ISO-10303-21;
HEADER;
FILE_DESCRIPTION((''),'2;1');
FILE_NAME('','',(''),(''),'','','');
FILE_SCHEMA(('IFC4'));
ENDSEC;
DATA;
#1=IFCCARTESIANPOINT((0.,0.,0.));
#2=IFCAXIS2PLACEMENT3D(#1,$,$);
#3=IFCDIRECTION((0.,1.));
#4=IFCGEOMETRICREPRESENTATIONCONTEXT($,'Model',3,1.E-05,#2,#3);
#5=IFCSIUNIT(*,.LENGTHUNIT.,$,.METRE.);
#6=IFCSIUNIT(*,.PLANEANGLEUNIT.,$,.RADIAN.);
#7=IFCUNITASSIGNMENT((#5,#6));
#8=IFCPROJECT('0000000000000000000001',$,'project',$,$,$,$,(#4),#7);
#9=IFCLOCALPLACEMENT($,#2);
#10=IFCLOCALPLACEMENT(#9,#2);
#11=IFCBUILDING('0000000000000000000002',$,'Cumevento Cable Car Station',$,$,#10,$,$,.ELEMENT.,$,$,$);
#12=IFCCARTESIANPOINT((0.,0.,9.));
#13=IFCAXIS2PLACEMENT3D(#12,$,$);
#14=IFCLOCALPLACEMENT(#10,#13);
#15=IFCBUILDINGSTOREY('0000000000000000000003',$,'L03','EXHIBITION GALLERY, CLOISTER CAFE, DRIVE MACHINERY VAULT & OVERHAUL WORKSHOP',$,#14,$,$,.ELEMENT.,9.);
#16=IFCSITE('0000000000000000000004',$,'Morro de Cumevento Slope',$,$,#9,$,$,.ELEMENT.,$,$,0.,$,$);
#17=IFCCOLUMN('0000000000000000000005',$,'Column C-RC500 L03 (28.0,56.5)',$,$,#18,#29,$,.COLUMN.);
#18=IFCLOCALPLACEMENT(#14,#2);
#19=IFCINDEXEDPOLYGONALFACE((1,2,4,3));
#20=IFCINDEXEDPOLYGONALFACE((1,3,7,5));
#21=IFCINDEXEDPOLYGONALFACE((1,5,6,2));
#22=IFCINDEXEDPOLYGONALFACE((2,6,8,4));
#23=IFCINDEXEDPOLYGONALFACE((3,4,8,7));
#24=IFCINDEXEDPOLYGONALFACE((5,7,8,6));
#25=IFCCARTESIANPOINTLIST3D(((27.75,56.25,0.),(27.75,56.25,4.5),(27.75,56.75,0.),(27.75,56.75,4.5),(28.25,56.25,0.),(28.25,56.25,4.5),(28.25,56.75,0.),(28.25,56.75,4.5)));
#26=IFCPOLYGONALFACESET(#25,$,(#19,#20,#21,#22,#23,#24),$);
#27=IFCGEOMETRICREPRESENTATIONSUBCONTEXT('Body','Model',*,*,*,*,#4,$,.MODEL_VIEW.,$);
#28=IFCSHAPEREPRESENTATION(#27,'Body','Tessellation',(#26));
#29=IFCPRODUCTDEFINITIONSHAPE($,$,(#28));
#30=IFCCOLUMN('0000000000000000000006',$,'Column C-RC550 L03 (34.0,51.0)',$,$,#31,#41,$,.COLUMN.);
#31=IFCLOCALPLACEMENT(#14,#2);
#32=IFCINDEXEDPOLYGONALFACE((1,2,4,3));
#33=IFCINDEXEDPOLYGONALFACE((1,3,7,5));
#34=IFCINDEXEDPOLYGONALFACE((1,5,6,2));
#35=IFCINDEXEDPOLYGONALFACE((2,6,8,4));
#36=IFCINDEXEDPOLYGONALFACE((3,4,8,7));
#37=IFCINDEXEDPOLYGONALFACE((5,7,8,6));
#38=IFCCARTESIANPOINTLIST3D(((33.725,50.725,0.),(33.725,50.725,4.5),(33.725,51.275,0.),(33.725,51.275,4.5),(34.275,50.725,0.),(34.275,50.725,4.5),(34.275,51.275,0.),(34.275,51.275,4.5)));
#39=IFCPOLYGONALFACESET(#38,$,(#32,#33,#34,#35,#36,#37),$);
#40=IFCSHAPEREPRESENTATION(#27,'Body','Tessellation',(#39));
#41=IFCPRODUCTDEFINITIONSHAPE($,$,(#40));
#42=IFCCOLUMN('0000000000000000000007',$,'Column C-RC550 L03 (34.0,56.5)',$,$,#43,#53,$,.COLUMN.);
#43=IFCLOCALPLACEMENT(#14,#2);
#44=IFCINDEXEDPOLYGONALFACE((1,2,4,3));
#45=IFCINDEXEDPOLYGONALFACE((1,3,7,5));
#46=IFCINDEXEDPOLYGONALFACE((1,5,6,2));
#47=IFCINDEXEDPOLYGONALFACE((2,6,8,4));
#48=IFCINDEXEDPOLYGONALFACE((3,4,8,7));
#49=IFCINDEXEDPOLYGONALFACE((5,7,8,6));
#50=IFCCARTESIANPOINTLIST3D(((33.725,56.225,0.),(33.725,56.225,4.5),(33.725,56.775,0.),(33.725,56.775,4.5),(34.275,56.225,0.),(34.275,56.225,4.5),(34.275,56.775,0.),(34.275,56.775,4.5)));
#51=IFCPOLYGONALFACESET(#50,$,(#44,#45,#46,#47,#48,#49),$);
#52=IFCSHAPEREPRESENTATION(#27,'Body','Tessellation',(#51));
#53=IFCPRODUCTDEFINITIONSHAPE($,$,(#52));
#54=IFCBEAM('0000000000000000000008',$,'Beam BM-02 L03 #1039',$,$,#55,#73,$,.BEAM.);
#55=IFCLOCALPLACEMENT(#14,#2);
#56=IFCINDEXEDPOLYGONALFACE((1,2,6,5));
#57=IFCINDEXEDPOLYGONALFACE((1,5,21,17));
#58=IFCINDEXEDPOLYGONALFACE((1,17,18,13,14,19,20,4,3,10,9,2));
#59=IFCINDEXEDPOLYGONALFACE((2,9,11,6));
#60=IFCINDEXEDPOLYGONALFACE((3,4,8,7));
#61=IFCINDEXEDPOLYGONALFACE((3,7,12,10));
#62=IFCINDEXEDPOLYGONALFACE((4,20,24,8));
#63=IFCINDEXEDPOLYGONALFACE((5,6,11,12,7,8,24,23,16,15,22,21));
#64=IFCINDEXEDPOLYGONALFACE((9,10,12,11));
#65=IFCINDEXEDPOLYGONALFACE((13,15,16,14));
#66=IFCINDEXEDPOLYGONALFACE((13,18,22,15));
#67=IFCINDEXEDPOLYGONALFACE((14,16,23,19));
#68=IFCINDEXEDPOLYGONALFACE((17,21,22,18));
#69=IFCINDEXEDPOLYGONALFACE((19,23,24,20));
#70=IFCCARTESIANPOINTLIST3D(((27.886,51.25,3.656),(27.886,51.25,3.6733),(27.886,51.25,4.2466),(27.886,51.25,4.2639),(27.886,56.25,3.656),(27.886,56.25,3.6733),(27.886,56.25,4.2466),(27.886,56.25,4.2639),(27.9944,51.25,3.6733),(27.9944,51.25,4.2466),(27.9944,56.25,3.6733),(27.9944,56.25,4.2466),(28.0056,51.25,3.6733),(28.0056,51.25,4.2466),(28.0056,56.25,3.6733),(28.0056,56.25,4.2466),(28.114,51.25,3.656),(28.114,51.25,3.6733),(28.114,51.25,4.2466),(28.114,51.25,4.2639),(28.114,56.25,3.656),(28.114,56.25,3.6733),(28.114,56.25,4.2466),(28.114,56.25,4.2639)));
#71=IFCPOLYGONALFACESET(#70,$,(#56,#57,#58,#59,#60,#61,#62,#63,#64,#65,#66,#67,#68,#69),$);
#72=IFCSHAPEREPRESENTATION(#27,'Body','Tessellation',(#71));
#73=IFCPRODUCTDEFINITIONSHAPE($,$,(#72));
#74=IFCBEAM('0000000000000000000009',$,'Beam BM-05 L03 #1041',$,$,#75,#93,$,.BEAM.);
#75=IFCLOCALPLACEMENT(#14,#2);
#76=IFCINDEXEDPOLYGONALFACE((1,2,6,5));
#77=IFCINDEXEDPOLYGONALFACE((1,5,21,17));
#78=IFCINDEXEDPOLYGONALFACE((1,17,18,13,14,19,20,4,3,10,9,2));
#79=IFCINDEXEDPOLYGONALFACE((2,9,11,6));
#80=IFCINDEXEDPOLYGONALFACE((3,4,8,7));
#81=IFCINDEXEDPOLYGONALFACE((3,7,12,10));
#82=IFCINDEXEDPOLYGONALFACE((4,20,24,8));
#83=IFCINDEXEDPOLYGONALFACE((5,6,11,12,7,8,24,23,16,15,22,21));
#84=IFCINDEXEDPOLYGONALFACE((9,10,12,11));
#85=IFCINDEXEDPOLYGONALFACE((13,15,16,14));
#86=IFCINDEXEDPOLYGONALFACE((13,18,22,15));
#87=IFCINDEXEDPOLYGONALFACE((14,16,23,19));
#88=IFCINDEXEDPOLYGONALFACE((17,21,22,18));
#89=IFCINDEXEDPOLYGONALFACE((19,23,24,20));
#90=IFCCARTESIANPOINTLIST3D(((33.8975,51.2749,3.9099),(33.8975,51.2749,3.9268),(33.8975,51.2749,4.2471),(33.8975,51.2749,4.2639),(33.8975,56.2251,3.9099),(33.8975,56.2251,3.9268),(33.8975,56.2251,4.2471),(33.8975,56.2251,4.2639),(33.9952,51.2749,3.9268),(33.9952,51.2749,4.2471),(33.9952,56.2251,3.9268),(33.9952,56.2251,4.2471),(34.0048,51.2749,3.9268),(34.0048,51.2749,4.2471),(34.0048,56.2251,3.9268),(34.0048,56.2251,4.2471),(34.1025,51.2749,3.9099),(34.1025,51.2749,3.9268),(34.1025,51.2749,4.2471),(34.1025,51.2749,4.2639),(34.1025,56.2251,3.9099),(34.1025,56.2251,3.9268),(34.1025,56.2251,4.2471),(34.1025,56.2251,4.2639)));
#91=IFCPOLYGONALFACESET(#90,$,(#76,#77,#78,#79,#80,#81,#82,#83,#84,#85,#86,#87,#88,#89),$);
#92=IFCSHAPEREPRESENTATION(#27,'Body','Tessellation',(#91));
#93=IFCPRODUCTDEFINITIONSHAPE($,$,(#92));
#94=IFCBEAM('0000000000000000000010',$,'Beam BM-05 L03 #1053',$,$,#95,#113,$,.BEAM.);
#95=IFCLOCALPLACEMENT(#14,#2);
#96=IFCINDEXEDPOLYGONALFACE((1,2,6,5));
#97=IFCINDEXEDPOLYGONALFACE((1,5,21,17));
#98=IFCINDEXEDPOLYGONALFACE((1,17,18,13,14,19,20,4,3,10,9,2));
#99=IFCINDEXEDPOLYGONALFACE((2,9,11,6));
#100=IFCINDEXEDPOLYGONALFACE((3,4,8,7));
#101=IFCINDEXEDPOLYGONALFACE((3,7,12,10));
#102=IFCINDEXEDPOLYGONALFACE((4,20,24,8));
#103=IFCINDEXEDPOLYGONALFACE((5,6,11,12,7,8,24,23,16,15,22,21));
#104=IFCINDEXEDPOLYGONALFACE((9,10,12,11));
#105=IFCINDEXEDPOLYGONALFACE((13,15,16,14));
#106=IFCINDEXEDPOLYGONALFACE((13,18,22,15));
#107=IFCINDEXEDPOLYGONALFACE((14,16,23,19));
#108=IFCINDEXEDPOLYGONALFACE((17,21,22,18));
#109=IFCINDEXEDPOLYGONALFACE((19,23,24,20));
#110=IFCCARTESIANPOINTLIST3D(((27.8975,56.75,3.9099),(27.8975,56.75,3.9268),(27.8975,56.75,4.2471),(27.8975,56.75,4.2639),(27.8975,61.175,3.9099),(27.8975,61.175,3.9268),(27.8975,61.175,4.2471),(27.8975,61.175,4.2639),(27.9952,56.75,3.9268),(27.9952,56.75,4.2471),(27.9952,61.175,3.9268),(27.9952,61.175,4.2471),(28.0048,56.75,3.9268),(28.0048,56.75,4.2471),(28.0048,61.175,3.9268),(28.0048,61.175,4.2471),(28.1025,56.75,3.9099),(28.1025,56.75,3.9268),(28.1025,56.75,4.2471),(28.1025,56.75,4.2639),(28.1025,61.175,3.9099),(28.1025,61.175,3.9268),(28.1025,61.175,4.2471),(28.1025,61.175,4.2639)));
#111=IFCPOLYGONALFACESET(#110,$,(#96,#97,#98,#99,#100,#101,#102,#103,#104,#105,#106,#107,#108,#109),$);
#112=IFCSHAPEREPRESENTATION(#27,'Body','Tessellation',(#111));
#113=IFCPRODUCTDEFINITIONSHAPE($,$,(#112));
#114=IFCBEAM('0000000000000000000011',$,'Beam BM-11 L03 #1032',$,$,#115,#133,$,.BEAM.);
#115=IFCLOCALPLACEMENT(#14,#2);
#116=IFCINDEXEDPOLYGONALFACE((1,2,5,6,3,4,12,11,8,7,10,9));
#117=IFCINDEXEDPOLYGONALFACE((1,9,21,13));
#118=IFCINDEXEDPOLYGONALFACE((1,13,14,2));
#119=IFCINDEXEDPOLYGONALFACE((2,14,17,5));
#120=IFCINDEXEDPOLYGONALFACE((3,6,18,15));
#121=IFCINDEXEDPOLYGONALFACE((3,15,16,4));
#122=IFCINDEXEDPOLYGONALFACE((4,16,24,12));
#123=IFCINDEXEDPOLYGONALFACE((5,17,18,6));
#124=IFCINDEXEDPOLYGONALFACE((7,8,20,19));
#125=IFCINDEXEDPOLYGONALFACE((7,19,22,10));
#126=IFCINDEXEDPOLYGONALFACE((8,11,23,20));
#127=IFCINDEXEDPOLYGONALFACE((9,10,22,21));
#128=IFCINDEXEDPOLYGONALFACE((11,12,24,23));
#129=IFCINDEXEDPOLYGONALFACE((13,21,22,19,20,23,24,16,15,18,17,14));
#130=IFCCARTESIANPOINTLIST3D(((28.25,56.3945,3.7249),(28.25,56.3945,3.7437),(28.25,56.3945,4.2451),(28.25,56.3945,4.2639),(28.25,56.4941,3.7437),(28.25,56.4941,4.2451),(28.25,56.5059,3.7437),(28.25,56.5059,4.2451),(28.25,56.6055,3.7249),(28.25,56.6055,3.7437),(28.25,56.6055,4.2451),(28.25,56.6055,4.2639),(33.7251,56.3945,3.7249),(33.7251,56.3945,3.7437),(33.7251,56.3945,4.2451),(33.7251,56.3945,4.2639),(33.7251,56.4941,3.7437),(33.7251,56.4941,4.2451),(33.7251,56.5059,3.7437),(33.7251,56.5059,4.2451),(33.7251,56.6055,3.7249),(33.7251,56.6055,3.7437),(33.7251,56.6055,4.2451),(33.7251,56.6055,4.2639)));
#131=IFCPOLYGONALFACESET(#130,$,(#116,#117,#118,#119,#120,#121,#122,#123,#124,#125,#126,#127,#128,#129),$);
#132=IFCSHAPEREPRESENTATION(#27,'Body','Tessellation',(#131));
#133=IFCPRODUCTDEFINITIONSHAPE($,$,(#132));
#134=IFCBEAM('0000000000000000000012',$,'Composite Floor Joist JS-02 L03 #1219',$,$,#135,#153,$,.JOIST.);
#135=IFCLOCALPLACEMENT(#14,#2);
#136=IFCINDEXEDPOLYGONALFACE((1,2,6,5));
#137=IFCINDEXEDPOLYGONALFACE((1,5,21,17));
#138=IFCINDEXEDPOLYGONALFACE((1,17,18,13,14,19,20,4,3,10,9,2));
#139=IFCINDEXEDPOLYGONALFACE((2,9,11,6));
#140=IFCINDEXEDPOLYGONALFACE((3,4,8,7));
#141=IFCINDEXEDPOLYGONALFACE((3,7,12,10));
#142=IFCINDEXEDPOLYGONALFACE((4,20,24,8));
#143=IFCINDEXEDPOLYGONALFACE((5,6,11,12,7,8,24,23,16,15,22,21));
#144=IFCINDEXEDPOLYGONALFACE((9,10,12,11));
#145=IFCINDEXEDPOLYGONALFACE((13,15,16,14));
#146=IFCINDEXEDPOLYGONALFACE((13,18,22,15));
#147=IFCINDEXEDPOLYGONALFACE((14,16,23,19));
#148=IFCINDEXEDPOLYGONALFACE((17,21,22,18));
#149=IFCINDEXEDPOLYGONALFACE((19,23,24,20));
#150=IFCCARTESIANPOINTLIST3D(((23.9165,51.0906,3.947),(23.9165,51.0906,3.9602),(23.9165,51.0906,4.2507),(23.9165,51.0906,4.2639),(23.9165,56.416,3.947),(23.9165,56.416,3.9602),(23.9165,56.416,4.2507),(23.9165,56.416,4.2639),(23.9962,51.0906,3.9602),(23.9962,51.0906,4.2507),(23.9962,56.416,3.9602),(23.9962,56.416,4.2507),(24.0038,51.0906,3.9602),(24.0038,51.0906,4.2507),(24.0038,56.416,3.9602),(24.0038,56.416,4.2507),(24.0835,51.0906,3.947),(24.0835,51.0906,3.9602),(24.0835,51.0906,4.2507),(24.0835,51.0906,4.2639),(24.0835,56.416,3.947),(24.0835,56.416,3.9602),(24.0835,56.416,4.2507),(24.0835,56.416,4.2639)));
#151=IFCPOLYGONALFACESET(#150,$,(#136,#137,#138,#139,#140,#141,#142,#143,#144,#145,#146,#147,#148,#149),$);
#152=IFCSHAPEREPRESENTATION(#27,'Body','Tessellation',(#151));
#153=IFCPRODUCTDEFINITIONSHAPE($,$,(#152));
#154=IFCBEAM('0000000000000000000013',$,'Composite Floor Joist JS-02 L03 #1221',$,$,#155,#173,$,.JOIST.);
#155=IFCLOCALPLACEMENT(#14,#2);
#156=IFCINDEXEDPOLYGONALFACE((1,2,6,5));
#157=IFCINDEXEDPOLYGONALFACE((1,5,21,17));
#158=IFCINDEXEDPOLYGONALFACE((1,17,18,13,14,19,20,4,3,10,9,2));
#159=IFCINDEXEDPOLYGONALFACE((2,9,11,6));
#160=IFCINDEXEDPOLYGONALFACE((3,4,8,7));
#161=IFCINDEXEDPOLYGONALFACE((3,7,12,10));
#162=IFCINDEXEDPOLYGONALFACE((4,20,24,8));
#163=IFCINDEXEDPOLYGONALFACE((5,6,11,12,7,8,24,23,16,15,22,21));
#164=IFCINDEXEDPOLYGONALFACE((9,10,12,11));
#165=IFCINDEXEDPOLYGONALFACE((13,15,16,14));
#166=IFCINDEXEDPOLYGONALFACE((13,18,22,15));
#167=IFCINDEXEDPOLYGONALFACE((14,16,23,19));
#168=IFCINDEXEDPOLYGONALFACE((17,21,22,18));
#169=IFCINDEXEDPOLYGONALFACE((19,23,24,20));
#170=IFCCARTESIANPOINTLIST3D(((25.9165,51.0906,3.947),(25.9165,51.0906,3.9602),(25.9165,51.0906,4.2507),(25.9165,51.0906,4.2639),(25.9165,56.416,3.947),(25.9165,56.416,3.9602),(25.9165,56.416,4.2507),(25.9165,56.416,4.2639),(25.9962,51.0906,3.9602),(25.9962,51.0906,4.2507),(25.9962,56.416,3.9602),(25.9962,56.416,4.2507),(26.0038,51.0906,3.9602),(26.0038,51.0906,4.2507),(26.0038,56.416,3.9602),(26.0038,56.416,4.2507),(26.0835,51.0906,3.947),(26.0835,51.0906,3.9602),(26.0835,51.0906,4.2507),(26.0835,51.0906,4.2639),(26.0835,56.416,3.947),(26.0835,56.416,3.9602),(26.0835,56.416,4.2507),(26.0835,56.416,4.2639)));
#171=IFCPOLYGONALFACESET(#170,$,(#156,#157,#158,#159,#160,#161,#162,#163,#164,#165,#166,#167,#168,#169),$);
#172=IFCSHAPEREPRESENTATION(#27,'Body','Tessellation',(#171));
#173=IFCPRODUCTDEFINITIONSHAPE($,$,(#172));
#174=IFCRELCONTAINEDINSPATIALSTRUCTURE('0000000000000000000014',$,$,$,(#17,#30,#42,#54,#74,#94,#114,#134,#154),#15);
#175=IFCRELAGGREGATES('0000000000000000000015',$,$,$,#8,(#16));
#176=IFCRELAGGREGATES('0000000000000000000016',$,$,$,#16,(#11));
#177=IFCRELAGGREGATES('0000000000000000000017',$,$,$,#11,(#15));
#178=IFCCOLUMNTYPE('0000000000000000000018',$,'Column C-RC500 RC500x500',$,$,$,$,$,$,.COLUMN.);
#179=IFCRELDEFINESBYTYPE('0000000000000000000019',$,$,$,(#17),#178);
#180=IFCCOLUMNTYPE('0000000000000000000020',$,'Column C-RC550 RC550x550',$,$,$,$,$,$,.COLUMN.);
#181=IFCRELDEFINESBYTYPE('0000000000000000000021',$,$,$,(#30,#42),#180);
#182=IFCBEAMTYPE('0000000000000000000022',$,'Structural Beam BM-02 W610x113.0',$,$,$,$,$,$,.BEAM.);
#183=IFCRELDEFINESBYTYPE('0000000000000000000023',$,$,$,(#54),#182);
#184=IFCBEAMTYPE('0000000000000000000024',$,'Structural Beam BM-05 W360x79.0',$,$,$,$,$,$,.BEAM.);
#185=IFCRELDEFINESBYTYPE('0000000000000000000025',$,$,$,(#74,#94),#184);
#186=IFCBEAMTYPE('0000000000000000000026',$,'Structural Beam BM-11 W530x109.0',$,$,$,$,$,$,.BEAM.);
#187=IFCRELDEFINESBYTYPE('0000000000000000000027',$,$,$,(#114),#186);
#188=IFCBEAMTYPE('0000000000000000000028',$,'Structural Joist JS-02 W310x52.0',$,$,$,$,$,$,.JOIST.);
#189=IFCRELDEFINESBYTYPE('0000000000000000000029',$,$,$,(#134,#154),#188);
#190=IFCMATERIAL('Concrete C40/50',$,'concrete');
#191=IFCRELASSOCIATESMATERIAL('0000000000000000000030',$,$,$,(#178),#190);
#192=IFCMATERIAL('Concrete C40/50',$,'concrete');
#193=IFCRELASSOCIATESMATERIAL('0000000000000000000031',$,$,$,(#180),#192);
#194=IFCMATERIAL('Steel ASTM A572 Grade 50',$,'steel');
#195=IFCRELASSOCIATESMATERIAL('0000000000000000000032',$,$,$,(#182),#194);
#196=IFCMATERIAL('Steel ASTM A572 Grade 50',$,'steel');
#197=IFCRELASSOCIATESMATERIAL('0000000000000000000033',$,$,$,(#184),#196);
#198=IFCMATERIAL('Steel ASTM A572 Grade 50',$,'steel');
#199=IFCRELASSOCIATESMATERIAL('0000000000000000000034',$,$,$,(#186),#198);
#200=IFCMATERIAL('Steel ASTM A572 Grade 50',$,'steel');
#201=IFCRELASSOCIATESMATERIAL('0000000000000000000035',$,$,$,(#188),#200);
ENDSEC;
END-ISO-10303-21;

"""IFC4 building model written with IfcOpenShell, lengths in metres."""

from ifc_helpers import new_model, si_unit, direction, frame, origin, origin_2d, place, context, subcontext, project, spatial, rectangle, i_section, extrude, material, material_profile, profile_set, type_object, element, save


model = new_model("IFC4")

# Units and contexts
model_context = context("Model", 3, precision=1e-05, world=origin(), true_north=direction((0.0, 1.0)))
body_context = subcontext(model_context, "Body", "Model", "MODEL_VIEW")
ifc_project = project(units=[si_unit("LENGTHUNIT", "METRE"), si_unit("PLANEANGLEUNIT", "RADIAN")], contexts=[model_context])

# Site, building, storey
site_placement = place(None, origin())
site = spatial("IfcSite", under=ifc_project, at=site_placement, Name="Morro de Cumevento Slope", CompositionType="ELEMENT", RefElevation=0.0)
building_placement = place(site_placement, origin())
building = spatial("IfcBuilding", under=site, at=building_placement, Name="Cumevento Cable Car Station", CompositionType="ELEMENT")
storey_placement = place(building_placement, frame((0.0, 0.0, 9.0)))
storey = spatial("IfcBuildingStorey", under=building, at=storey_placement, Name="L03", Description="EXHIBITION GALLERY, CLOISTER CAFE, DRIVE MACHINERY VAULT & OVERHAUL WORKSHOP", CompositionType="ELEMENT", Elevation=9.0)

# Columns
ifc_material_1 = material(Name="Concrete C40/50", Category="concrete")
ifc_material_profile_1 = material_profile(ifc_material_1, rectangle(XDim=0.5, YDim=0.5, at=origin_2d()), Name="RC500x500")
ifc_profile_set_1 = profile_set([ifc_material_profile_1], Name="Concrete C40/50")
column_type_1 = type_object("IfcColumnType", Name="Column C-RC500 RC500x500", PredefinedType="COLUMN", material=ifc_profile_set_1)
column_placement = place(storey_placement, frame((28.0, 56.5, 0.0), z_axis=(0.0, 0.0, 1.0), x_axis=(1.0, 0.0, 0.0)))
element("IfcColumn", 1, at=column_placement, inside=storey, type_object=column_type_1, Name="Column C-RC500 L03 (28.0,56.5)", PredefinedType="COLUMN", context=body_context, shape_type="SweptSolid", body=[
    extrude(rectangle(XDim=0.5, YDim=0.5, at=origin_2d()), origin(), (0.0, 0.0, 1.0), 4.5),
])
ifc_material_2 = material(Name="Concrete C40/50", Category="concrete")
ifc_material_profile_2 = material_profile(ifc_material_2, rectangle(XDim=0.55, YDim=0.55, at=origin_2d()), Name="RC550x550")
ifc_profile_set_2 = profile_set([ifc_material_profile_2], Name="Concrete C40/50")
column_type_2 = type_object("IfcColumnType", Name="Column C-RC550 RC550x550", PredefinedType="COLUMN", material=ifc_profile_set_2)
for number, where, z_axis, x_axis, name in (
    (2, (34.0, 51.0, 0.0), (0.0, 0.0, 1.0), (1.0, 0.0, 0.0), "Column C-RC550 L03 (34.0,51.0)"),
    (3, (34.0, 56.5, 0.0), (0.0, 0.0, 1.0), (1.0, 0.0, 0.0), "Column C-RC550 L03 (34.0,56.5)"),
):
    element("IfcColumn", number, at=place(storey_placement, frame(where, z_axis=z_axis, x_axis=x_axis)), inside=storey, type_object=column_type_2, Name=name, PredefinedType="COLUMN", context=body_context, shape_type="SweptSolid", body=[
        extrude(rectangle(XDim=0.55, YDim=0.55, at=origin_2d()), origin(), (0.0, 0.0, 1.0), 4.5),
    ])

# Beams
ifc_material_3 = material(Name="Steel ASTM A572 Grade 50", Category="steel")
ifc_material_profile_3 = material_profile(ifc_material_3, i_section(OverallWidth=0.228, OverallDepth=0.6079, WebThickness=0.0112, FlangeThickness=0.0173, at=origin_2d()), Name="W610x113.0")
ifc_profile_set_3 = profile_set([ifc_material_profile_3], Name="Steel ASTM A572 Grade 50")
beam_type_1 = type_object("IfcBeamType", Name="Structural Beam BM-02 W610x113.0", PredefinedType="BEAM", material=ifc_profile_set_3)
beam_1_placement = place(storey_placement, frame((28.0, 51.25, 3.96), z_axis=(0.0, 1.0, 0.0), x_axis=(-1.0, 0.0, 0.0)))
element("IfcBeam", 4, at=beam_1_placement, inside=storey, type_object=beam_type_1, Name="Beam BM-02 L03 #1039", PredefinedType="BEAM", context=body_context, shape_type="SweptSolid", body=[
    extrude(i_section(OverallWidth=0.228, OverallDepth=0.6079, WebThickness=0.0112, FlangeThickness=0.0173, at=origin_2d()), origin(), (0.0, 0.0, 1.0), 5.0),
])
ifc_material_4 = material(Name="Steel ASTM A572 Grade 50", Category="steel")
ifc_material_profile_4 = material_profile(ifc_material_4, i_section(OverallWidth=0.2051, OverallDepth=0.354, WebThickness=0.0095, FlangeThickness=0.0168, at=origin_2d()), Name="W360x79.0")
ifc_profile_set_4 = profile_set([ifc_material_profile_4], Name="Steel ASTM A572 Grade 50")
beam_type_2 = type_object("IfcBeamType", Name="Structural Beam BM-05 W360x79.0", PredefinedType="BEAM", material=ifc_profile_set_4)
beam_2_placement = place(storey_placement, frame((34.0, 51.2749, 4.0869), z_axis=(0.0, 1.0, 0.0), x_axis=(-1.0, 0.0, 0.0)))
element("IfcBeam", 5, at=beam_2_placement, inside=storey, type_object=beam_type_2, Name="Beam BM-05 L03 #1041", PredefinedType="BEAM", context=body_context, shape_type="SweptSolid", body=[
    extrude(i_section(OverallWidth=0.2051, OverallDepth=0.354, WebThickness=0.0095, FlangeThickness=0.0168, at=origin_2d()), origin(), (0.0, 0.0, 1.0), 4.9502),
])
beam_3_placement = place(storey_placement, frame((28.0, 56.75, 4.0869), z_axis=(0.0, 1.0, 0.0), x_axis=(-1.0, 0.0, 0.0)))
element("IfcBeam", 6, at=beam_3_placement, inside=storey, type_object=beam_type_2, Name="Beam BM-05 L03 #1053", PredefinedType="BEAM", context=body_context, shape_type="SweptSolid", body=[
    extrude(i_section(OverallWidth=0.2051, OverallDepth=0.354, WebThickness=0.0095, FlangeThickness=0.0168, at=origin_2d()), origin(), (0.0, 0.0, 1.0), 4.425),
])
ifc_material_5 = material(Name="Steel ASTM A572 Grade 50", Category="steel")
ifc_material_profile_5 = material_profile(ifc_material_5, i_section(OverallWidth=0.2109, OverallDepth=0.5391, WebThickness=0.0117, FlangeThickness=0.0188, at=origin_2d()), Name="W530x109.0")
ifc_profile_set_5 = profile_set([ifc_material_profile_5], Name="Steel ASTM A572 Grade 50")
beam_type_3 = type_object("IfcBeamType", Name="Structural Beam BM-11 W530x109.0", PredefinedType="BEAM", material=ifc_profile_set_5)
beam_4_placement = place(storey_placement, frame((28.25, 56.5, 3.9944), z_axis=(1.0, 0.0, 0.0), x_axis=(0.0, 1.0, 0.0)))
element("IfcBeam", 7, at=beam_4_placement, inside=storey, type_object=beam_type_3, Name="Beam BM-11 L03 #1032", PredefinedType="BEAM", context=body_context, shape_type="SweptSolid", body=[
    extrude(i_section(OverallWidth=0.2109, OverallDepth=0.5391, WebThickness=0.0117, FlangeThickness=0.0188, at=origin_2d()), origin(), (0.0, 0.0, 1.0), 5.4751),
])
ifc_material_6 = material(Name="Steel ASTM A572 Grade 50", Category="steel")
ifc_material_profile_6 = material_profile(ifc_material_6, i_section(OverallWidth=0.167, OverallDepth=0.3169, WebThickness=0.0076, FlangeThickness=0.0132, at=origin_2d()), Name="W310x52.0")
ifc_profile_set_6 = profile_set([ifc_material_profile_6], Name="Steel ASTM A572 Grade 50")
beam_type_4 = type_object("IfcBeamType", Name="Structural Joist JS-02 W310x52.0", PredefinedType="JOIST", material=ifc_profile_set_6)
for number, where, z_axis, x_axis, name in (
    (8, (24.0, 51.0906, 4.1055), (0.0, 1.0, 0.0), (-1.0, 0.0, 0.0), "Composite Floor Joist JS-02 L03 #1219"),
    (9, (26.0, 51.0906, 4.1055), (0.0, 1.0, 0.0), (-1.0, 0.0, 0.0), "Composite Floor Joist JS-02 L03 #1221"),
):
    element("IfcBeam", number, at=place(storey_placement, frame(where, z_axis=z_axis, x_axis=x_axis)), inside=storey, type_object=beam_type_4, Name=name, PredefinedType="JOIST", context=body_context, shape_type="SweptSolid", body=[
        extrude(i_section(OverallWidth=0.167, OverallDepth=0.3169, WebThickness=0.0076, FlangeThickness=0.0132, at=origin_2d()), origin(), (0.0, 0.0, 1.0), 5.3254),
    ])

save(model, "model.ifc")
